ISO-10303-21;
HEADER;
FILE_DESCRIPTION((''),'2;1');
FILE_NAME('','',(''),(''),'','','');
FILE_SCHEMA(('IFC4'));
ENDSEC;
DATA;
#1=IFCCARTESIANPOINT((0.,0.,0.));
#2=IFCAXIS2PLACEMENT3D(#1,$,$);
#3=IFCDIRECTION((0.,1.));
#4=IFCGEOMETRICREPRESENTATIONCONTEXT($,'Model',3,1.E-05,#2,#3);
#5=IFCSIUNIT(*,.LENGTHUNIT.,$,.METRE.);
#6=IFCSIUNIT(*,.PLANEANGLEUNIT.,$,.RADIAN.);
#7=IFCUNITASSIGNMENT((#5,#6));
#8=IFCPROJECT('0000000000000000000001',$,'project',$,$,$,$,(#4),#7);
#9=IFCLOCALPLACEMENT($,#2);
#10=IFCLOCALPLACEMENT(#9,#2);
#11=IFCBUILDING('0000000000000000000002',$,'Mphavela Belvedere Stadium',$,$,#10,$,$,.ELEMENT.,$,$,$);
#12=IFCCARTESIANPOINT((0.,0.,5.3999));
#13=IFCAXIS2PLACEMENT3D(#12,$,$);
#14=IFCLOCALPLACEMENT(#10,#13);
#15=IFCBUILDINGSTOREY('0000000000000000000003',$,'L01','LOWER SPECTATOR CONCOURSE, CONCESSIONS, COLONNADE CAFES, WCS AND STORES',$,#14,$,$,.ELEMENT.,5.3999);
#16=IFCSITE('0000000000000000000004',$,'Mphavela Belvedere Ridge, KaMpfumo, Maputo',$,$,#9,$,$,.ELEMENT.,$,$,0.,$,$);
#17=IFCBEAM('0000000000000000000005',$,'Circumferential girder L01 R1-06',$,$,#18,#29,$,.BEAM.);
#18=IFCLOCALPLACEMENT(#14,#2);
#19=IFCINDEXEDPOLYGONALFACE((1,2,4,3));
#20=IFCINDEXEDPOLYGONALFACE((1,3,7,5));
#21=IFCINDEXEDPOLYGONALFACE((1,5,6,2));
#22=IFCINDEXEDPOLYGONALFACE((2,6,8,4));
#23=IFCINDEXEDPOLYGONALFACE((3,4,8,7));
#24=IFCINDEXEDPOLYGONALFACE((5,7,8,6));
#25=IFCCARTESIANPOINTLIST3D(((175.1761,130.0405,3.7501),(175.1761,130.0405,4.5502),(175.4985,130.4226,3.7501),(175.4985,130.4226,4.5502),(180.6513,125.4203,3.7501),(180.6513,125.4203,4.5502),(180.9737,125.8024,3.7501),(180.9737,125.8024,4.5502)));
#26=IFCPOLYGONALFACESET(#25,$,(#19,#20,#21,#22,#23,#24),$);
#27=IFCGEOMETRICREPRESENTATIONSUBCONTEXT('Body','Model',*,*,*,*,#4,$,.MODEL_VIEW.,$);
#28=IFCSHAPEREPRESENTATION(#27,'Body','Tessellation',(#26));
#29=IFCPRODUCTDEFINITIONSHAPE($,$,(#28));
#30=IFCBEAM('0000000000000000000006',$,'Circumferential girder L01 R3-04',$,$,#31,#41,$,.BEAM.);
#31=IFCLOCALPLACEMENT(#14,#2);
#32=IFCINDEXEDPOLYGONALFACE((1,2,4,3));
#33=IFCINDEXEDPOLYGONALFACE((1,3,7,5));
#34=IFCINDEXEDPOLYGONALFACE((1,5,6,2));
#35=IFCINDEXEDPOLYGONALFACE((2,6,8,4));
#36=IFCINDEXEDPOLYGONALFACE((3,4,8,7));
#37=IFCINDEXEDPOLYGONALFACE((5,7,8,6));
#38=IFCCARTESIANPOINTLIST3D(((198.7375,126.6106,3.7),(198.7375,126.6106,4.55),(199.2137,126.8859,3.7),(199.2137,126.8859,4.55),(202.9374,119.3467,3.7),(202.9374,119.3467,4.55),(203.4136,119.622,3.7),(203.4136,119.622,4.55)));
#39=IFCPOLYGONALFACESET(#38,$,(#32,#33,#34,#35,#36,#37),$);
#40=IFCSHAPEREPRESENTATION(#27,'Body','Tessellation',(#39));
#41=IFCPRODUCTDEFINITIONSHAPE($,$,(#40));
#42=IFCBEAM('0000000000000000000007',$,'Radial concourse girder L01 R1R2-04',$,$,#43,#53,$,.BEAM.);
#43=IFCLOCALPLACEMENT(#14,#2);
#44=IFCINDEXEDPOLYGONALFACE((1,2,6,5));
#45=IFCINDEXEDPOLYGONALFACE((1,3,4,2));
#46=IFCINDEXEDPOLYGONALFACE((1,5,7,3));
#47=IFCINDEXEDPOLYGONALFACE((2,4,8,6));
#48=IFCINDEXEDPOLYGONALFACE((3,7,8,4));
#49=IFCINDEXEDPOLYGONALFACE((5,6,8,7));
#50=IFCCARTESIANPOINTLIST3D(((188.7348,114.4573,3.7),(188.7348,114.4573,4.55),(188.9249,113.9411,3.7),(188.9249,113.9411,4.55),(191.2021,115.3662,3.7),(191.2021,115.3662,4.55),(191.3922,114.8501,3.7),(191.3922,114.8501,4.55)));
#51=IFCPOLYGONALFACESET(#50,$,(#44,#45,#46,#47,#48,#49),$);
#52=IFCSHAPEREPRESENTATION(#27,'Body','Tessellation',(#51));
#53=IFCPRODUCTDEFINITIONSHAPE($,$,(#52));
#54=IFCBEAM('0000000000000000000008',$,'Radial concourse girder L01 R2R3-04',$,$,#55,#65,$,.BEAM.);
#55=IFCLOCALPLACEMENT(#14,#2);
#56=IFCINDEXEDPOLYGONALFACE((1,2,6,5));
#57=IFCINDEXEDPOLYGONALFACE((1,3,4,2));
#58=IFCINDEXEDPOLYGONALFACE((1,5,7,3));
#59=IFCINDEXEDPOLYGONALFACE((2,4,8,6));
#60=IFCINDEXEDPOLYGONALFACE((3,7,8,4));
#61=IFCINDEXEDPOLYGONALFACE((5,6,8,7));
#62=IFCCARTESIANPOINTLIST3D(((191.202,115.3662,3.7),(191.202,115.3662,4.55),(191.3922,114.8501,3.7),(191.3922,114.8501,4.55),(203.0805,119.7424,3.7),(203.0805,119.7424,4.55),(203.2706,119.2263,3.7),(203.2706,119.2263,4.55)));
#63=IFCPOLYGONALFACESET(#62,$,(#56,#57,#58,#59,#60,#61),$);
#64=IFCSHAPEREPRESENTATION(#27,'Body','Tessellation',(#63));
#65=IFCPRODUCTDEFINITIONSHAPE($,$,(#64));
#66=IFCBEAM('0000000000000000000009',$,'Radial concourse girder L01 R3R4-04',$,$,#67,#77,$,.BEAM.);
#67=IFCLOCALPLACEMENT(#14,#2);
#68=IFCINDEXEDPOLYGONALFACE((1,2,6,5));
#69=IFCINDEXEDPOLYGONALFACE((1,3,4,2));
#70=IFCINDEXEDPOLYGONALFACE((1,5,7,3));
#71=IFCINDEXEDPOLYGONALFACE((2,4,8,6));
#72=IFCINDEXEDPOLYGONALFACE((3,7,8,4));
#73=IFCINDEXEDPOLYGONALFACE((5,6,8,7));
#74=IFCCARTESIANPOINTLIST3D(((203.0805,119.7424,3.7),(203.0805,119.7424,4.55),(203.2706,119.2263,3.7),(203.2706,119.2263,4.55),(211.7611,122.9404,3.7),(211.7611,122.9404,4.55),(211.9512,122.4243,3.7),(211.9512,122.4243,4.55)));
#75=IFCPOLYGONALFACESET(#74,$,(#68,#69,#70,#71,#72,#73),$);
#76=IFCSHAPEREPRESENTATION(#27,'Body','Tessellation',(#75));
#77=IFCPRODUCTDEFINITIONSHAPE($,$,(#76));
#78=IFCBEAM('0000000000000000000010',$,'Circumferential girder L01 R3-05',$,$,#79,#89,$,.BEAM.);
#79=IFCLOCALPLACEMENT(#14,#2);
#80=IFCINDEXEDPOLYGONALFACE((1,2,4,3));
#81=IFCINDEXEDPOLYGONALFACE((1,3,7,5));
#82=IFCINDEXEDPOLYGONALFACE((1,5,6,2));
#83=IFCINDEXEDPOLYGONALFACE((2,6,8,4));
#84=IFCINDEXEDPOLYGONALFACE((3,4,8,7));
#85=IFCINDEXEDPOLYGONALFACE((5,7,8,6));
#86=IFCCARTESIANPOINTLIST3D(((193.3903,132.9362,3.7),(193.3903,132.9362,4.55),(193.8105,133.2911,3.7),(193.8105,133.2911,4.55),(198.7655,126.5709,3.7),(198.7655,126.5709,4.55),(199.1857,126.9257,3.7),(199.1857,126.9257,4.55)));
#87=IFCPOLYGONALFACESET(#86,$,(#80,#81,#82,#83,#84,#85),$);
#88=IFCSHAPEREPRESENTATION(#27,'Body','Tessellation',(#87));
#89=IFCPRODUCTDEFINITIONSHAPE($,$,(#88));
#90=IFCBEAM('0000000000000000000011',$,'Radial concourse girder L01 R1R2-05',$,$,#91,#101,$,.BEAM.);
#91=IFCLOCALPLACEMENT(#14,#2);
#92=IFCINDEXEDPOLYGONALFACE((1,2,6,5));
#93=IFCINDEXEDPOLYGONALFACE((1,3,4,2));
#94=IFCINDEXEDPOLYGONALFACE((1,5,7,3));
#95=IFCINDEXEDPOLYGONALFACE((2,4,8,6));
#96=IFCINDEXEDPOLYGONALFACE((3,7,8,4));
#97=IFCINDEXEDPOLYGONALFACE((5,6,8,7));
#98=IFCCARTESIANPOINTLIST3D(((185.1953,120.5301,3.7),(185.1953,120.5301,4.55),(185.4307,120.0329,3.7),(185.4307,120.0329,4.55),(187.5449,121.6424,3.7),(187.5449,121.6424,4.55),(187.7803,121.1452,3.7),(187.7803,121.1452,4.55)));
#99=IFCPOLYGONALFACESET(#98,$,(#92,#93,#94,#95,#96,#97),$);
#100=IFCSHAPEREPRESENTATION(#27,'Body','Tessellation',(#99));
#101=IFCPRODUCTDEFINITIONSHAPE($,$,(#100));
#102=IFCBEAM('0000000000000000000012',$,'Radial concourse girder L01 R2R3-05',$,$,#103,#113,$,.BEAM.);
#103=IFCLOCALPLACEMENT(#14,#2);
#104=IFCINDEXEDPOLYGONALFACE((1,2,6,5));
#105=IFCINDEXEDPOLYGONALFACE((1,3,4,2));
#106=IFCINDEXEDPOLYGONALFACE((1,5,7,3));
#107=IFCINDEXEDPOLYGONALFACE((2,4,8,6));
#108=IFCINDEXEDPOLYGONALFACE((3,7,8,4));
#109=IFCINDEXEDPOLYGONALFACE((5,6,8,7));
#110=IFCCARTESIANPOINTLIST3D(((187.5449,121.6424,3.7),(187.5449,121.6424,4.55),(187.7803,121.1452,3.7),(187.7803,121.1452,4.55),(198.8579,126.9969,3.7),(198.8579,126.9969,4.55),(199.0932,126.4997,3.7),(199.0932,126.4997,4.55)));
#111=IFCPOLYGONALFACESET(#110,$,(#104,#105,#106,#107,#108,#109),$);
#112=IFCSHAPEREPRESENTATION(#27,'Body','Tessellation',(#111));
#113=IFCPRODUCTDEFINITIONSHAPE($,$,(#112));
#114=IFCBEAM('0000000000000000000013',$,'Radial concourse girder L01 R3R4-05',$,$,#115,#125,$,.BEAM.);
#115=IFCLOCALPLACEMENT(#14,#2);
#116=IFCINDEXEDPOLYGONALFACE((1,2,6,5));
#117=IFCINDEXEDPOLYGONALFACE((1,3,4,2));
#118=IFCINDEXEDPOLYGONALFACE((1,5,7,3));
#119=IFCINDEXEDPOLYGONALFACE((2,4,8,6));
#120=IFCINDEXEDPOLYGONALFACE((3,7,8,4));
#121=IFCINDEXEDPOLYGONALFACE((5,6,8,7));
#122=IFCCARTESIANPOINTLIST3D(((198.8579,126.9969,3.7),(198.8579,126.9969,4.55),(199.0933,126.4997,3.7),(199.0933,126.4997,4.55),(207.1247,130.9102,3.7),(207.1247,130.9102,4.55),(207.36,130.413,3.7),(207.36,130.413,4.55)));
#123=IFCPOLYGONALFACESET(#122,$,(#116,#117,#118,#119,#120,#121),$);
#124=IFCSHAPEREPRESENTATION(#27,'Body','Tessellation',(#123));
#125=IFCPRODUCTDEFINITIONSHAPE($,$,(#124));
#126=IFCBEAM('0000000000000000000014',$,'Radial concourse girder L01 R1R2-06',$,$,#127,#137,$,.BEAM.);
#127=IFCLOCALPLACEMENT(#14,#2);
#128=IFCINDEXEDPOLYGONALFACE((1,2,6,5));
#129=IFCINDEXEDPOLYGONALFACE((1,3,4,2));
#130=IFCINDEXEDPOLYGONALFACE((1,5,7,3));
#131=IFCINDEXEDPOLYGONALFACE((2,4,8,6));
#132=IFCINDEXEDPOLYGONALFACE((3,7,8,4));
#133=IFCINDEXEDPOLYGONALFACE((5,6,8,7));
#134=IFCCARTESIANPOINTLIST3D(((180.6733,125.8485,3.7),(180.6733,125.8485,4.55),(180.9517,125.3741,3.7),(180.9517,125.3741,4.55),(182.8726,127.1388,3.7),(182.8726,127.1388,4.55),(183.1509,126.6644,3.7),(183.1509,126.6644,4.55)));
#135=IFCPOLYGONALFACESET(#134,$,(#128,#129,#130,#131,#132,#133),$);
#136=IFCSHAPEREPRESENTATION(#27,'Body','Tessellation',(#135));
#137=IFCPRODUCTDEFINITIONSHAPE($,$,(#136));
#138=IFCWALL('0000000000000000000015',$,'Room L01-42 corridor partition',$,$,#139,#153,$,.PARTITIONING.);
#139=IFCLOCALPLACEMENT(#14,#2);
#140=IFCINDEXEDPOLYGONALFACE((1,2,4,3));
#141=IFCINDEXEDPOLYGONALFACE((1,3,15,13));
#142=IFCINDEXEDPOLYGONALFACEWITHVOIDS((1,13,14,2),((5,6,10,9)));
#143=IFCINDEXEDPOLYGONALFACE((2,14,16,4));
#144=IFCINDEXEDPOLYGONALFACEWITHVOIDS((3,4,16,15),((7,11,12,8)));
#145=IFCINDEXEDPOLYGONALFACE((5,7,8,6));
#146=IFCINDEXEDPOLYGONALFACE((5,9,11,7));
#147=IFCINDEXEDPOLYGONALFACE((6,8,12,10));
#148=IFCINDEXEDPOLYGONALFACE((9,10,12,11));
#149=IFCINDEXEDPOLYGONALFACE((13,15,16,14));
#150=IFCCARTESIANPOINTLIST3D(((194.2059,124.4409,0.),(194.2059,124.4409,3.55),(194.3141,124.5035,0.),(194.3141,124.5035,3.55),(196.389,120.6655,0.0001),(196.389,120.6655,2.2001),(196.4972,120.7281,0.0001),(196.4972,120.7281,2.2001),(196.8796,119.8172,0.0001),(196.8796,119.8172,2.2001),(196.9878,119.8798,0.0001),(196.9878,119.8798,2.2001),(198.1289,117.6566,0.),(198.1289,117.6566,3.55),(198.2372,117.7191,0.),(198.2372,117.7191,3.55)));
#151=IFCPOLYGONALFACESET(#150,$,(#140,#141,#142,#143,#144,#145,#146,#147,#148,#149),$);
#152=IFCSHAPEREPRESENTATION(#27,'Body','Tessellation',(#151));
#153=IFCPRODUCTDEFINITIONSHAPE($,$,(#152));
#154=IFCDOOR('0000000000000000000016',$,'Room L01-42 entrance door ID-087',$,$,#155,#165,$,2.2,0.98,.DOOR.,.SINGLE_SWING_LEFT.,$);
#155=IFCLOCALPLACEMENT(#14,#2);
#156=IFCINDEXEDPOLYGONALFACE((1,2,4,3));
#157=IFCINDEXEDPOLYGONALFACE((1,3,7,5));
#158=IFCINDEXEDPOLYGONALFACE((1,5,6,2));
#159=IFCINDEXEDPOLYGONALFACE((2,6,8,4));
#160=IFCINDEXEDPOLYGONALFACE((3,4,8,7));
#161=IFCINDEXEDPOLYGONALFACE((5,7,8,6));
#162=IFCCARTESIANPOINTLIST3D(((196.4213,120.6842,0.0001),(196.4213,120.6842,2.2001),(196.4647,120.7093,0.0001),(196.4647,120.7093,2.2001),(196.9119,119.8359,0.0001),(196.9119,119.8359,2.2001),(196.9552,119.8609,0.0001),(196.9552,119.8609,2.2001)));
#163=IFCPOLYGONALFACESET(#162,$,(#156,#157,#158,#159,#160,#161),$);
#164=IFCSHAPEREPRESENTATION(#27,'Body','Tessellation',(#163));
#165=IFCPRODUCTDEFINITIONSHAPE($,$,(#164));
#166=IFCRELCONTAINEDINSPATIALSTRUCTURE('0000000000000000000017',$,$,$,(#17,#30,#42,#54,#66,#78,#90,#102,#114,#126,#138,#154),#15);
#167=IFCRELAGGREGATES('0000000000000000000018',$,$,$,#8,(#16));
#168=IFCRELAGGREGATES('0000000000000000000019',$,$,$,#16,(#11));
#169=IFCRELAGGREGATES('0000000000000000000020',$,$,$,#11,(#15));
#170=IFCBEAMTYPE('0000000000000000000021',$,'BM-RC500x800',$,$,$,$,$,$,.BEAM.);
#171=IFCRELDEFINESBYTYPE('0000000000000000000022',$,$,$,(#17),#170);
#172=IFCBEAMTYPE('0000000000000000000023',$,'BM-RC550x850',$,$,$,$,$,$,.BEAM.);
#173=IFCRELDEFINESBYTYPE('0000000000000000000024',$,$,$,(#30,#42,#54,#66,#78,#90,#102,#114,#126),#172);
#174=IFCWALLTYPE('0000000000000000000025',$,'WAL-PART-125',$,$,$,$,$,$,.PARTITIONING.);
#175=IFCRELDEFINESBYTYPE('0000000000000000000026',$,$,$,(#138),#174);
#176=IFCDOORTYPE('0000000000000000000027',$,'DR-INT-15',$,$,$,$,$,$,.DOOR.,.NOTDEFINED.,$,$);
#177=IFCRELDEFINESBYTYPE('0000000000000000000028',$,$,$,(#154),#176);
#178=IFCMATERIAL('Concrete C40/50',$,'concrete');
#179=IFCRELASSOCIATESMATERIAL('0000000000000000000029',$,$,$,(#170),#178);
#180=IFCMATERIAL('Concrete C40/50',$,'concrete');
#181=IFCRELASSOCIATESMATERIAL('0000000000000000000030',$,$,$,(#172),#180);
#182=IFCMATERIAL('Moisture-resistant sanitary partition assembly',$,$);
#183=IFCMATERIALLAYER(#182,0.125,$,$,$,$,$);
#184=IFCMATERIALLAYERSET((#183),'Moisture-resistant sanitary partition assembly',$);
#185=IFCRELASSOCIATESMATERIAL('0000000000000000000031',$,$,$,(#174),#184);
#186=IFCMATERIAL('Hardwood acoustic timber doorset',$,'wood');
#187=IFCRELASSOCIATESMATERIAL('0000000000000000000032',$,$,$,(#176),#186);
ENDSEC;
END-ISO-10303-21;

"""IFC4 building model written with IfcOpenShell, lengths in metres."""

from ifc_helpers import new_model, si_unit, direction, frame, frame_2d, origin, origin_2d, place, context, subcontext, project, spatial, rectangle, extrude, material, layer, layer_set, material_profile, profile_set, type_object, element, fill, save


model = new_model("IFC4")

# Units and contexts
model_context = context("Model", 3, precision=1e-05, world=origin(), true_north=direction((0.0, 1.0)))
body_context = subcontext(model_context, "Body", "Model", "MODEL_VIEW")
ifc_project = project(units=[si_unit("LENGTHUNIT", "METRE"), si_unit("PLANEANGLEUNIT", "RADIAN")], contexts=[model_context])

# Site, building, storey
site_placement = place(None, origin())
site = spatial("IfcSite", under=ifc_project, at=site_placement, Name="Mphavela Belvedere Ridge, KaMpfumo, Maputo", CompositionType="ELEMENT", RefElevation=0.0)
building_placement = place(site_placement, origin())
building = spatial("IfcBuilding", under=site, at=building_placement, Name="Mphavela Belvedere Stadium", CompositionType="ELEMENT")
storey_placement = place(building_placement, frame((0.0, 0.0, 5.3999)))
storey = spatial("IfcBuildingStorey", under=building, at=storey_placement, Name="L01", Description="LOWER SPECTATOR CONCOURSE, CONCESSIONS, COLONNADE CAFES, WCS AND STORES", CompositionType="ELEMENT", Elevation=5.3999)

# Beams
ifc_material_1 = material(Name="Concrete C40/50", Category="concrete")
ifc_material_profile_1 = material_profile(ifc_material_1, rectangle(XDim=0.5, YDim=0.8, at=origin_2d()), Name="RC 500x800")
ifc_profile_set_1 = profile_set([ifc_material_profile_1], Name="Concrete C40/50")
beam_type_1 = type_object("IfcBeamType", Name="BM-RC500x800", PredefinedType="BEAM", material=ifc_profile_set_1)
beam_1_placement = place(storey_placement, frame((180.8125, 125.6113, 4.1501), z_axis=(-0.764257, 0.644912, 0.0), x_axis=(-0.644912, -0.764257, 0.0)))
element("IfcBeam", 1, at=beam_1_placement, inside=storey, type_object=beam_type_1, Name="Circumferential girder L01 R1-06", PredefinedType="BEAM", context=body_context, shape_type="SweptSolid", body=[
    extrude(rectangle(XDim=0.5, YDim=0.8, at=origin_2d()), origin(), (0.0, 0.0, 1.0), 7.1641),
])
ifc_material_2 = material(Name="Concrete C40/50", Category="concrete")
ifc_material_profile_2 = material_profile(ifc_material_2, rectangle(XDim=0.55, YDim=0.8501, at=origin_2d()), Name="RC 550x850")
ifc_profile_set_2 = profile_set([ifc_material_profile_2], Name="Concrete C40/50")
beam_type_2 = type_object("IfcBeamType", Name="BM-RC550x850", PredefinedType="BEAM", material=ifc_profile_set_2)
beam_2_placement = place(storey_placement, frame((203.1755, 119.4844, 4.125), z_axis=(-0.500548, 0.865709, 0.0), x_axis=(-0.865709, -0.500548, 0.0)))
element("IfcBeam", 2, at=beam_2_placement, inside=storey, type_object=beam_type_2, Name="Circumferential girder L01 R3-04", PredefinedType="BEAM", context=body_context, shape_type="SweptSolid", body=[
    extrude(rectangle(XDim=0.55, YDim=0.8501, at=origin_2d()), origin(), (0.0, 0.0, 1.0), 8.3906),
])
beam_3_placement = place(storey_placement, frame((188.8298, 114.1992, 4.125), z_axis=(0.938351, 0.345684, 0.0), x_axis=(-0.345684, 0.938351, 0.0)))
element("IfcBeam", 3, at=beam_3_placement, inside=storey, type_object=beam_type_2, Name="Radial concourse girder L01 R1R2-04", PredefinedType="BEAM", context=body_context, shape_type="SweptSolid", body=[
    extrude(rectangle(XDim=0.55, YDim=0.8501, at=origin_2d()), origin(), (0.0, 0.0, 1.0), 2.6294),
])
beam_4_placement = place(storey_placement, frame((191.2971, 115.1082, 4.125), z_axis=(0.938344, 0.345703, 0.0), x_axis=(-0.345703, 0.938344, 0.0)))
element("IfcBeam", 4, at=beam_4_placement, inside=storey, type_object=beam_type_2, Name="Radial concourse girder L01 R2R3-04", PredefinedType="BEAM", context=body_context, shape_type="SweptSolid", body=[
    extrude(rectangle(XDim=0.55, YDim=0.8501, at=origin_2d()), origin(), (0.0, 0.0, 1.0), 12.6589),
])
beam_5_placement = place(storey_placement, frame((203.1755, 119.4844, 4.125), z_axis=(0.938348, 0.345692, 0.0), x_axis=(-0.345692, 0.938348, 0.0)))
element("IfcBeam", 5, at=beam_5_placement, inside=storey, type_object=beam_type_2, Name="Radial concourse girder L01 R3R4-04", PredefinedType="BEAM", context=body_context, shape_type="SweptSolid", body=[
    extrude(rectangle(XDim=0.55, YDim=0.8501, at=origin_2d()), origin(), (0.0, 0.0, 1.0), 9.251),
])
beam_6_placement = place(storey_placement, frame((198.9756, 126.7483, 4.125), z_axis=(-0.645177, 0.764033, 0.0), x_axis=(-0.764033, -0.645177, 0.0)))
element("IfcBeam", 6, at=beam_6_placement, inside=storey, type_object=beam_type_2, Name="Circumferential girder L01 R3-05", PredefinedType="BEAM", context=body_context, shape_type="SweptSolid", body=[
    extrude(rectangle(XDim=0.55, YDim=0.8501, at=origin_2d()), origin(), (0.0, 0.0, 1.0), 8.3313),
])
beam_7_placement = place(storey_placement, frame((185.313, 120.2815, 4.125), z_axis=(0.903837, 0.427876, 0.0), x_axis=(-0.427876, 0.903837, 0.0)))
element("IfcBeam", 7, at=beam_7_placement, inside=storey, type_object=beam_type_2, Name="Radial concourse girder L01 R1R2-05", PredefinedType="BEAM", context=body_context, shape_type="SweptSolid", body=[
    extrude(rectangle(XDim=0.55, YDim=0.8501, at=origin_2d()), origin(), (0.0, 0.0, 1.0), 2.5996),
])
beam_8_placement = place(storey_placement, frame((187.6626, 121.3938, 4.125), z_axis=(0.90387, 0.427806, 0.0), x_axis=(-0.427806, 0.90387, 0.0)))
element("IfcBeam", 8, at=beam_8_placement, inside=storey, type_object=beam_type_2, Name="Radial concourse girder L01 R2R3-05", PredefinedType="BEAM", context=body_context, shape_type="SweptSolid", body=[
    extrude(rectangle(XDim=0.55, YDim=0.8501, at=origin_2d()), origin(), (0.0, 0.0, 1.0), 12.5161),
])
beam_9_placement = place(storey_placement, frame((198.9756, 126.7483, 4.125), z_axis=(0.903845, 0.427859, 0.0), x_axis=(-0.427859, 0.903845, 0.0)))
element("IfcBeam", 9, at=beam_9_placement, inside=storey, type_object=beam_type_2, Name="Radial concourse girder L01 R3R4-05", PredefinedType="BEAM", context=body_context, shape_type="SweptSolid", body=[
    extrude(rectangle(XDim=0.55, YDim=0.8501, at=origin_2d()), origin(), (0.0, 0.0, 1.0), 9.1462),
])
beam_10_placement = place(storey_placement, frame((180.8125, 125.6113, 4.125), z_axis=(0.862512, 0.506036, 0.0), x_axis=(-0.506036, 0.862512, 0.0)))
element("IfcBeam", 10, at=beam_10_placement, inside=storey, type_object=beam_type_2, Name="Radial concourse girder L01 R1R2-06", PredefinedType="BEAM", context=body_context, shape_type="SweptSolid", body=[
    extrude(rectangle(XDim=0.55, YDim=0.8501, at=origin_2d()), origin(), (0.0, 0.0, 1.0), 2.5498),
])

# Wall, opening, door
ifc_material_3 = material(Name="Moisture-resistant sanitary partition assembly")
ifc_layer_1 = layer(ifc_material_3, 0.125)
ifc_layer_set_1 = layer_set([ifc_layer_1], Name="Moisture-resistant sanitary partition assembly")
wall_type_1 = type_object("IfcWallType", Name="WAL-PART-125", PredefinedType="PARTITIONING", material=ifc_layer_set_1)
wall_1_placement = place(storey_placement, frame((194.26, 124.4722, 0.0), z_axis=(0.0, 0.0, 1.0), x_axis=(0.500584, -0.865688, 0.0)))
wall_1 = element("IfcWall", 11, at=wall_1_placement, inside=storey, type_object=wall_type_1, Name="Room L01-42 corridor partition", PredefinedType="PARTITIONING", context=body_context, shape_type="SweptSolid", body=[
    extrude(rectangle(XDim=7.8369, YDim=0.125, at=frame_2d((3.9185, 0.0))), origin(), (0.0, 0.0, 1.0), 3.55),
])
opening_1_placement = place(wall_1_placement, frame((4.3611, 0.0, 0.0)))
opening_1 = element("IfcOpeningElement", 12, at=opening_1_placement, cuts=wall_1, PredefinedType="OPENING", context=body_context, shape_type="SweptSolid", body=[
    extrude(rectangle(XDim=0.98, YDim=2.2, at=frame_2d((0.49, 1.1001))), frame((0.0, 0.0725, 0.0), z_axis=(0.0, -1.0, 0.0), x_axis=(1.0, 0.0, 0.0)), (0.0, 0.0, 1.0), 0.145),
])
ifc_material_4 = material(Name="Hardwood acoustic timber doorset", Category="wood")
door_type_1 = type_object("IfcDoorType", Name="DR-INT-15", OperationType="NOTDEFINED", PredefinedType="DOOR", material=ifc_material_4)
door_1_placement = place(opening_1_placement, origin())
door_1 = element("IfcDoor", 13, at=door_1_placement, inside=storey, type_object=door_type_1, Name="Room L01-42 entrance door ID-087", OperationType="SINGLE_SWING_LEFT", OverallHeight=2.2, OverallWidth=0.98, PredefinedType="DOOR", context=body_context, shape_type="SweptSolid", body=[
    extrude(rectangle(XDim=0.98, YDim=2.2, at=frame_2d((0.49, 1.1001))), frame((0.0, 0.0249, 0.0), z_axis=(0.0, -1.0, 0.0), x_axis=(1.0, 0.0, 0.0)), (0.0, 0.0, 1.0), 0.05),
])
fill(opening_1, door_1)

save(model, "model.ifc")
